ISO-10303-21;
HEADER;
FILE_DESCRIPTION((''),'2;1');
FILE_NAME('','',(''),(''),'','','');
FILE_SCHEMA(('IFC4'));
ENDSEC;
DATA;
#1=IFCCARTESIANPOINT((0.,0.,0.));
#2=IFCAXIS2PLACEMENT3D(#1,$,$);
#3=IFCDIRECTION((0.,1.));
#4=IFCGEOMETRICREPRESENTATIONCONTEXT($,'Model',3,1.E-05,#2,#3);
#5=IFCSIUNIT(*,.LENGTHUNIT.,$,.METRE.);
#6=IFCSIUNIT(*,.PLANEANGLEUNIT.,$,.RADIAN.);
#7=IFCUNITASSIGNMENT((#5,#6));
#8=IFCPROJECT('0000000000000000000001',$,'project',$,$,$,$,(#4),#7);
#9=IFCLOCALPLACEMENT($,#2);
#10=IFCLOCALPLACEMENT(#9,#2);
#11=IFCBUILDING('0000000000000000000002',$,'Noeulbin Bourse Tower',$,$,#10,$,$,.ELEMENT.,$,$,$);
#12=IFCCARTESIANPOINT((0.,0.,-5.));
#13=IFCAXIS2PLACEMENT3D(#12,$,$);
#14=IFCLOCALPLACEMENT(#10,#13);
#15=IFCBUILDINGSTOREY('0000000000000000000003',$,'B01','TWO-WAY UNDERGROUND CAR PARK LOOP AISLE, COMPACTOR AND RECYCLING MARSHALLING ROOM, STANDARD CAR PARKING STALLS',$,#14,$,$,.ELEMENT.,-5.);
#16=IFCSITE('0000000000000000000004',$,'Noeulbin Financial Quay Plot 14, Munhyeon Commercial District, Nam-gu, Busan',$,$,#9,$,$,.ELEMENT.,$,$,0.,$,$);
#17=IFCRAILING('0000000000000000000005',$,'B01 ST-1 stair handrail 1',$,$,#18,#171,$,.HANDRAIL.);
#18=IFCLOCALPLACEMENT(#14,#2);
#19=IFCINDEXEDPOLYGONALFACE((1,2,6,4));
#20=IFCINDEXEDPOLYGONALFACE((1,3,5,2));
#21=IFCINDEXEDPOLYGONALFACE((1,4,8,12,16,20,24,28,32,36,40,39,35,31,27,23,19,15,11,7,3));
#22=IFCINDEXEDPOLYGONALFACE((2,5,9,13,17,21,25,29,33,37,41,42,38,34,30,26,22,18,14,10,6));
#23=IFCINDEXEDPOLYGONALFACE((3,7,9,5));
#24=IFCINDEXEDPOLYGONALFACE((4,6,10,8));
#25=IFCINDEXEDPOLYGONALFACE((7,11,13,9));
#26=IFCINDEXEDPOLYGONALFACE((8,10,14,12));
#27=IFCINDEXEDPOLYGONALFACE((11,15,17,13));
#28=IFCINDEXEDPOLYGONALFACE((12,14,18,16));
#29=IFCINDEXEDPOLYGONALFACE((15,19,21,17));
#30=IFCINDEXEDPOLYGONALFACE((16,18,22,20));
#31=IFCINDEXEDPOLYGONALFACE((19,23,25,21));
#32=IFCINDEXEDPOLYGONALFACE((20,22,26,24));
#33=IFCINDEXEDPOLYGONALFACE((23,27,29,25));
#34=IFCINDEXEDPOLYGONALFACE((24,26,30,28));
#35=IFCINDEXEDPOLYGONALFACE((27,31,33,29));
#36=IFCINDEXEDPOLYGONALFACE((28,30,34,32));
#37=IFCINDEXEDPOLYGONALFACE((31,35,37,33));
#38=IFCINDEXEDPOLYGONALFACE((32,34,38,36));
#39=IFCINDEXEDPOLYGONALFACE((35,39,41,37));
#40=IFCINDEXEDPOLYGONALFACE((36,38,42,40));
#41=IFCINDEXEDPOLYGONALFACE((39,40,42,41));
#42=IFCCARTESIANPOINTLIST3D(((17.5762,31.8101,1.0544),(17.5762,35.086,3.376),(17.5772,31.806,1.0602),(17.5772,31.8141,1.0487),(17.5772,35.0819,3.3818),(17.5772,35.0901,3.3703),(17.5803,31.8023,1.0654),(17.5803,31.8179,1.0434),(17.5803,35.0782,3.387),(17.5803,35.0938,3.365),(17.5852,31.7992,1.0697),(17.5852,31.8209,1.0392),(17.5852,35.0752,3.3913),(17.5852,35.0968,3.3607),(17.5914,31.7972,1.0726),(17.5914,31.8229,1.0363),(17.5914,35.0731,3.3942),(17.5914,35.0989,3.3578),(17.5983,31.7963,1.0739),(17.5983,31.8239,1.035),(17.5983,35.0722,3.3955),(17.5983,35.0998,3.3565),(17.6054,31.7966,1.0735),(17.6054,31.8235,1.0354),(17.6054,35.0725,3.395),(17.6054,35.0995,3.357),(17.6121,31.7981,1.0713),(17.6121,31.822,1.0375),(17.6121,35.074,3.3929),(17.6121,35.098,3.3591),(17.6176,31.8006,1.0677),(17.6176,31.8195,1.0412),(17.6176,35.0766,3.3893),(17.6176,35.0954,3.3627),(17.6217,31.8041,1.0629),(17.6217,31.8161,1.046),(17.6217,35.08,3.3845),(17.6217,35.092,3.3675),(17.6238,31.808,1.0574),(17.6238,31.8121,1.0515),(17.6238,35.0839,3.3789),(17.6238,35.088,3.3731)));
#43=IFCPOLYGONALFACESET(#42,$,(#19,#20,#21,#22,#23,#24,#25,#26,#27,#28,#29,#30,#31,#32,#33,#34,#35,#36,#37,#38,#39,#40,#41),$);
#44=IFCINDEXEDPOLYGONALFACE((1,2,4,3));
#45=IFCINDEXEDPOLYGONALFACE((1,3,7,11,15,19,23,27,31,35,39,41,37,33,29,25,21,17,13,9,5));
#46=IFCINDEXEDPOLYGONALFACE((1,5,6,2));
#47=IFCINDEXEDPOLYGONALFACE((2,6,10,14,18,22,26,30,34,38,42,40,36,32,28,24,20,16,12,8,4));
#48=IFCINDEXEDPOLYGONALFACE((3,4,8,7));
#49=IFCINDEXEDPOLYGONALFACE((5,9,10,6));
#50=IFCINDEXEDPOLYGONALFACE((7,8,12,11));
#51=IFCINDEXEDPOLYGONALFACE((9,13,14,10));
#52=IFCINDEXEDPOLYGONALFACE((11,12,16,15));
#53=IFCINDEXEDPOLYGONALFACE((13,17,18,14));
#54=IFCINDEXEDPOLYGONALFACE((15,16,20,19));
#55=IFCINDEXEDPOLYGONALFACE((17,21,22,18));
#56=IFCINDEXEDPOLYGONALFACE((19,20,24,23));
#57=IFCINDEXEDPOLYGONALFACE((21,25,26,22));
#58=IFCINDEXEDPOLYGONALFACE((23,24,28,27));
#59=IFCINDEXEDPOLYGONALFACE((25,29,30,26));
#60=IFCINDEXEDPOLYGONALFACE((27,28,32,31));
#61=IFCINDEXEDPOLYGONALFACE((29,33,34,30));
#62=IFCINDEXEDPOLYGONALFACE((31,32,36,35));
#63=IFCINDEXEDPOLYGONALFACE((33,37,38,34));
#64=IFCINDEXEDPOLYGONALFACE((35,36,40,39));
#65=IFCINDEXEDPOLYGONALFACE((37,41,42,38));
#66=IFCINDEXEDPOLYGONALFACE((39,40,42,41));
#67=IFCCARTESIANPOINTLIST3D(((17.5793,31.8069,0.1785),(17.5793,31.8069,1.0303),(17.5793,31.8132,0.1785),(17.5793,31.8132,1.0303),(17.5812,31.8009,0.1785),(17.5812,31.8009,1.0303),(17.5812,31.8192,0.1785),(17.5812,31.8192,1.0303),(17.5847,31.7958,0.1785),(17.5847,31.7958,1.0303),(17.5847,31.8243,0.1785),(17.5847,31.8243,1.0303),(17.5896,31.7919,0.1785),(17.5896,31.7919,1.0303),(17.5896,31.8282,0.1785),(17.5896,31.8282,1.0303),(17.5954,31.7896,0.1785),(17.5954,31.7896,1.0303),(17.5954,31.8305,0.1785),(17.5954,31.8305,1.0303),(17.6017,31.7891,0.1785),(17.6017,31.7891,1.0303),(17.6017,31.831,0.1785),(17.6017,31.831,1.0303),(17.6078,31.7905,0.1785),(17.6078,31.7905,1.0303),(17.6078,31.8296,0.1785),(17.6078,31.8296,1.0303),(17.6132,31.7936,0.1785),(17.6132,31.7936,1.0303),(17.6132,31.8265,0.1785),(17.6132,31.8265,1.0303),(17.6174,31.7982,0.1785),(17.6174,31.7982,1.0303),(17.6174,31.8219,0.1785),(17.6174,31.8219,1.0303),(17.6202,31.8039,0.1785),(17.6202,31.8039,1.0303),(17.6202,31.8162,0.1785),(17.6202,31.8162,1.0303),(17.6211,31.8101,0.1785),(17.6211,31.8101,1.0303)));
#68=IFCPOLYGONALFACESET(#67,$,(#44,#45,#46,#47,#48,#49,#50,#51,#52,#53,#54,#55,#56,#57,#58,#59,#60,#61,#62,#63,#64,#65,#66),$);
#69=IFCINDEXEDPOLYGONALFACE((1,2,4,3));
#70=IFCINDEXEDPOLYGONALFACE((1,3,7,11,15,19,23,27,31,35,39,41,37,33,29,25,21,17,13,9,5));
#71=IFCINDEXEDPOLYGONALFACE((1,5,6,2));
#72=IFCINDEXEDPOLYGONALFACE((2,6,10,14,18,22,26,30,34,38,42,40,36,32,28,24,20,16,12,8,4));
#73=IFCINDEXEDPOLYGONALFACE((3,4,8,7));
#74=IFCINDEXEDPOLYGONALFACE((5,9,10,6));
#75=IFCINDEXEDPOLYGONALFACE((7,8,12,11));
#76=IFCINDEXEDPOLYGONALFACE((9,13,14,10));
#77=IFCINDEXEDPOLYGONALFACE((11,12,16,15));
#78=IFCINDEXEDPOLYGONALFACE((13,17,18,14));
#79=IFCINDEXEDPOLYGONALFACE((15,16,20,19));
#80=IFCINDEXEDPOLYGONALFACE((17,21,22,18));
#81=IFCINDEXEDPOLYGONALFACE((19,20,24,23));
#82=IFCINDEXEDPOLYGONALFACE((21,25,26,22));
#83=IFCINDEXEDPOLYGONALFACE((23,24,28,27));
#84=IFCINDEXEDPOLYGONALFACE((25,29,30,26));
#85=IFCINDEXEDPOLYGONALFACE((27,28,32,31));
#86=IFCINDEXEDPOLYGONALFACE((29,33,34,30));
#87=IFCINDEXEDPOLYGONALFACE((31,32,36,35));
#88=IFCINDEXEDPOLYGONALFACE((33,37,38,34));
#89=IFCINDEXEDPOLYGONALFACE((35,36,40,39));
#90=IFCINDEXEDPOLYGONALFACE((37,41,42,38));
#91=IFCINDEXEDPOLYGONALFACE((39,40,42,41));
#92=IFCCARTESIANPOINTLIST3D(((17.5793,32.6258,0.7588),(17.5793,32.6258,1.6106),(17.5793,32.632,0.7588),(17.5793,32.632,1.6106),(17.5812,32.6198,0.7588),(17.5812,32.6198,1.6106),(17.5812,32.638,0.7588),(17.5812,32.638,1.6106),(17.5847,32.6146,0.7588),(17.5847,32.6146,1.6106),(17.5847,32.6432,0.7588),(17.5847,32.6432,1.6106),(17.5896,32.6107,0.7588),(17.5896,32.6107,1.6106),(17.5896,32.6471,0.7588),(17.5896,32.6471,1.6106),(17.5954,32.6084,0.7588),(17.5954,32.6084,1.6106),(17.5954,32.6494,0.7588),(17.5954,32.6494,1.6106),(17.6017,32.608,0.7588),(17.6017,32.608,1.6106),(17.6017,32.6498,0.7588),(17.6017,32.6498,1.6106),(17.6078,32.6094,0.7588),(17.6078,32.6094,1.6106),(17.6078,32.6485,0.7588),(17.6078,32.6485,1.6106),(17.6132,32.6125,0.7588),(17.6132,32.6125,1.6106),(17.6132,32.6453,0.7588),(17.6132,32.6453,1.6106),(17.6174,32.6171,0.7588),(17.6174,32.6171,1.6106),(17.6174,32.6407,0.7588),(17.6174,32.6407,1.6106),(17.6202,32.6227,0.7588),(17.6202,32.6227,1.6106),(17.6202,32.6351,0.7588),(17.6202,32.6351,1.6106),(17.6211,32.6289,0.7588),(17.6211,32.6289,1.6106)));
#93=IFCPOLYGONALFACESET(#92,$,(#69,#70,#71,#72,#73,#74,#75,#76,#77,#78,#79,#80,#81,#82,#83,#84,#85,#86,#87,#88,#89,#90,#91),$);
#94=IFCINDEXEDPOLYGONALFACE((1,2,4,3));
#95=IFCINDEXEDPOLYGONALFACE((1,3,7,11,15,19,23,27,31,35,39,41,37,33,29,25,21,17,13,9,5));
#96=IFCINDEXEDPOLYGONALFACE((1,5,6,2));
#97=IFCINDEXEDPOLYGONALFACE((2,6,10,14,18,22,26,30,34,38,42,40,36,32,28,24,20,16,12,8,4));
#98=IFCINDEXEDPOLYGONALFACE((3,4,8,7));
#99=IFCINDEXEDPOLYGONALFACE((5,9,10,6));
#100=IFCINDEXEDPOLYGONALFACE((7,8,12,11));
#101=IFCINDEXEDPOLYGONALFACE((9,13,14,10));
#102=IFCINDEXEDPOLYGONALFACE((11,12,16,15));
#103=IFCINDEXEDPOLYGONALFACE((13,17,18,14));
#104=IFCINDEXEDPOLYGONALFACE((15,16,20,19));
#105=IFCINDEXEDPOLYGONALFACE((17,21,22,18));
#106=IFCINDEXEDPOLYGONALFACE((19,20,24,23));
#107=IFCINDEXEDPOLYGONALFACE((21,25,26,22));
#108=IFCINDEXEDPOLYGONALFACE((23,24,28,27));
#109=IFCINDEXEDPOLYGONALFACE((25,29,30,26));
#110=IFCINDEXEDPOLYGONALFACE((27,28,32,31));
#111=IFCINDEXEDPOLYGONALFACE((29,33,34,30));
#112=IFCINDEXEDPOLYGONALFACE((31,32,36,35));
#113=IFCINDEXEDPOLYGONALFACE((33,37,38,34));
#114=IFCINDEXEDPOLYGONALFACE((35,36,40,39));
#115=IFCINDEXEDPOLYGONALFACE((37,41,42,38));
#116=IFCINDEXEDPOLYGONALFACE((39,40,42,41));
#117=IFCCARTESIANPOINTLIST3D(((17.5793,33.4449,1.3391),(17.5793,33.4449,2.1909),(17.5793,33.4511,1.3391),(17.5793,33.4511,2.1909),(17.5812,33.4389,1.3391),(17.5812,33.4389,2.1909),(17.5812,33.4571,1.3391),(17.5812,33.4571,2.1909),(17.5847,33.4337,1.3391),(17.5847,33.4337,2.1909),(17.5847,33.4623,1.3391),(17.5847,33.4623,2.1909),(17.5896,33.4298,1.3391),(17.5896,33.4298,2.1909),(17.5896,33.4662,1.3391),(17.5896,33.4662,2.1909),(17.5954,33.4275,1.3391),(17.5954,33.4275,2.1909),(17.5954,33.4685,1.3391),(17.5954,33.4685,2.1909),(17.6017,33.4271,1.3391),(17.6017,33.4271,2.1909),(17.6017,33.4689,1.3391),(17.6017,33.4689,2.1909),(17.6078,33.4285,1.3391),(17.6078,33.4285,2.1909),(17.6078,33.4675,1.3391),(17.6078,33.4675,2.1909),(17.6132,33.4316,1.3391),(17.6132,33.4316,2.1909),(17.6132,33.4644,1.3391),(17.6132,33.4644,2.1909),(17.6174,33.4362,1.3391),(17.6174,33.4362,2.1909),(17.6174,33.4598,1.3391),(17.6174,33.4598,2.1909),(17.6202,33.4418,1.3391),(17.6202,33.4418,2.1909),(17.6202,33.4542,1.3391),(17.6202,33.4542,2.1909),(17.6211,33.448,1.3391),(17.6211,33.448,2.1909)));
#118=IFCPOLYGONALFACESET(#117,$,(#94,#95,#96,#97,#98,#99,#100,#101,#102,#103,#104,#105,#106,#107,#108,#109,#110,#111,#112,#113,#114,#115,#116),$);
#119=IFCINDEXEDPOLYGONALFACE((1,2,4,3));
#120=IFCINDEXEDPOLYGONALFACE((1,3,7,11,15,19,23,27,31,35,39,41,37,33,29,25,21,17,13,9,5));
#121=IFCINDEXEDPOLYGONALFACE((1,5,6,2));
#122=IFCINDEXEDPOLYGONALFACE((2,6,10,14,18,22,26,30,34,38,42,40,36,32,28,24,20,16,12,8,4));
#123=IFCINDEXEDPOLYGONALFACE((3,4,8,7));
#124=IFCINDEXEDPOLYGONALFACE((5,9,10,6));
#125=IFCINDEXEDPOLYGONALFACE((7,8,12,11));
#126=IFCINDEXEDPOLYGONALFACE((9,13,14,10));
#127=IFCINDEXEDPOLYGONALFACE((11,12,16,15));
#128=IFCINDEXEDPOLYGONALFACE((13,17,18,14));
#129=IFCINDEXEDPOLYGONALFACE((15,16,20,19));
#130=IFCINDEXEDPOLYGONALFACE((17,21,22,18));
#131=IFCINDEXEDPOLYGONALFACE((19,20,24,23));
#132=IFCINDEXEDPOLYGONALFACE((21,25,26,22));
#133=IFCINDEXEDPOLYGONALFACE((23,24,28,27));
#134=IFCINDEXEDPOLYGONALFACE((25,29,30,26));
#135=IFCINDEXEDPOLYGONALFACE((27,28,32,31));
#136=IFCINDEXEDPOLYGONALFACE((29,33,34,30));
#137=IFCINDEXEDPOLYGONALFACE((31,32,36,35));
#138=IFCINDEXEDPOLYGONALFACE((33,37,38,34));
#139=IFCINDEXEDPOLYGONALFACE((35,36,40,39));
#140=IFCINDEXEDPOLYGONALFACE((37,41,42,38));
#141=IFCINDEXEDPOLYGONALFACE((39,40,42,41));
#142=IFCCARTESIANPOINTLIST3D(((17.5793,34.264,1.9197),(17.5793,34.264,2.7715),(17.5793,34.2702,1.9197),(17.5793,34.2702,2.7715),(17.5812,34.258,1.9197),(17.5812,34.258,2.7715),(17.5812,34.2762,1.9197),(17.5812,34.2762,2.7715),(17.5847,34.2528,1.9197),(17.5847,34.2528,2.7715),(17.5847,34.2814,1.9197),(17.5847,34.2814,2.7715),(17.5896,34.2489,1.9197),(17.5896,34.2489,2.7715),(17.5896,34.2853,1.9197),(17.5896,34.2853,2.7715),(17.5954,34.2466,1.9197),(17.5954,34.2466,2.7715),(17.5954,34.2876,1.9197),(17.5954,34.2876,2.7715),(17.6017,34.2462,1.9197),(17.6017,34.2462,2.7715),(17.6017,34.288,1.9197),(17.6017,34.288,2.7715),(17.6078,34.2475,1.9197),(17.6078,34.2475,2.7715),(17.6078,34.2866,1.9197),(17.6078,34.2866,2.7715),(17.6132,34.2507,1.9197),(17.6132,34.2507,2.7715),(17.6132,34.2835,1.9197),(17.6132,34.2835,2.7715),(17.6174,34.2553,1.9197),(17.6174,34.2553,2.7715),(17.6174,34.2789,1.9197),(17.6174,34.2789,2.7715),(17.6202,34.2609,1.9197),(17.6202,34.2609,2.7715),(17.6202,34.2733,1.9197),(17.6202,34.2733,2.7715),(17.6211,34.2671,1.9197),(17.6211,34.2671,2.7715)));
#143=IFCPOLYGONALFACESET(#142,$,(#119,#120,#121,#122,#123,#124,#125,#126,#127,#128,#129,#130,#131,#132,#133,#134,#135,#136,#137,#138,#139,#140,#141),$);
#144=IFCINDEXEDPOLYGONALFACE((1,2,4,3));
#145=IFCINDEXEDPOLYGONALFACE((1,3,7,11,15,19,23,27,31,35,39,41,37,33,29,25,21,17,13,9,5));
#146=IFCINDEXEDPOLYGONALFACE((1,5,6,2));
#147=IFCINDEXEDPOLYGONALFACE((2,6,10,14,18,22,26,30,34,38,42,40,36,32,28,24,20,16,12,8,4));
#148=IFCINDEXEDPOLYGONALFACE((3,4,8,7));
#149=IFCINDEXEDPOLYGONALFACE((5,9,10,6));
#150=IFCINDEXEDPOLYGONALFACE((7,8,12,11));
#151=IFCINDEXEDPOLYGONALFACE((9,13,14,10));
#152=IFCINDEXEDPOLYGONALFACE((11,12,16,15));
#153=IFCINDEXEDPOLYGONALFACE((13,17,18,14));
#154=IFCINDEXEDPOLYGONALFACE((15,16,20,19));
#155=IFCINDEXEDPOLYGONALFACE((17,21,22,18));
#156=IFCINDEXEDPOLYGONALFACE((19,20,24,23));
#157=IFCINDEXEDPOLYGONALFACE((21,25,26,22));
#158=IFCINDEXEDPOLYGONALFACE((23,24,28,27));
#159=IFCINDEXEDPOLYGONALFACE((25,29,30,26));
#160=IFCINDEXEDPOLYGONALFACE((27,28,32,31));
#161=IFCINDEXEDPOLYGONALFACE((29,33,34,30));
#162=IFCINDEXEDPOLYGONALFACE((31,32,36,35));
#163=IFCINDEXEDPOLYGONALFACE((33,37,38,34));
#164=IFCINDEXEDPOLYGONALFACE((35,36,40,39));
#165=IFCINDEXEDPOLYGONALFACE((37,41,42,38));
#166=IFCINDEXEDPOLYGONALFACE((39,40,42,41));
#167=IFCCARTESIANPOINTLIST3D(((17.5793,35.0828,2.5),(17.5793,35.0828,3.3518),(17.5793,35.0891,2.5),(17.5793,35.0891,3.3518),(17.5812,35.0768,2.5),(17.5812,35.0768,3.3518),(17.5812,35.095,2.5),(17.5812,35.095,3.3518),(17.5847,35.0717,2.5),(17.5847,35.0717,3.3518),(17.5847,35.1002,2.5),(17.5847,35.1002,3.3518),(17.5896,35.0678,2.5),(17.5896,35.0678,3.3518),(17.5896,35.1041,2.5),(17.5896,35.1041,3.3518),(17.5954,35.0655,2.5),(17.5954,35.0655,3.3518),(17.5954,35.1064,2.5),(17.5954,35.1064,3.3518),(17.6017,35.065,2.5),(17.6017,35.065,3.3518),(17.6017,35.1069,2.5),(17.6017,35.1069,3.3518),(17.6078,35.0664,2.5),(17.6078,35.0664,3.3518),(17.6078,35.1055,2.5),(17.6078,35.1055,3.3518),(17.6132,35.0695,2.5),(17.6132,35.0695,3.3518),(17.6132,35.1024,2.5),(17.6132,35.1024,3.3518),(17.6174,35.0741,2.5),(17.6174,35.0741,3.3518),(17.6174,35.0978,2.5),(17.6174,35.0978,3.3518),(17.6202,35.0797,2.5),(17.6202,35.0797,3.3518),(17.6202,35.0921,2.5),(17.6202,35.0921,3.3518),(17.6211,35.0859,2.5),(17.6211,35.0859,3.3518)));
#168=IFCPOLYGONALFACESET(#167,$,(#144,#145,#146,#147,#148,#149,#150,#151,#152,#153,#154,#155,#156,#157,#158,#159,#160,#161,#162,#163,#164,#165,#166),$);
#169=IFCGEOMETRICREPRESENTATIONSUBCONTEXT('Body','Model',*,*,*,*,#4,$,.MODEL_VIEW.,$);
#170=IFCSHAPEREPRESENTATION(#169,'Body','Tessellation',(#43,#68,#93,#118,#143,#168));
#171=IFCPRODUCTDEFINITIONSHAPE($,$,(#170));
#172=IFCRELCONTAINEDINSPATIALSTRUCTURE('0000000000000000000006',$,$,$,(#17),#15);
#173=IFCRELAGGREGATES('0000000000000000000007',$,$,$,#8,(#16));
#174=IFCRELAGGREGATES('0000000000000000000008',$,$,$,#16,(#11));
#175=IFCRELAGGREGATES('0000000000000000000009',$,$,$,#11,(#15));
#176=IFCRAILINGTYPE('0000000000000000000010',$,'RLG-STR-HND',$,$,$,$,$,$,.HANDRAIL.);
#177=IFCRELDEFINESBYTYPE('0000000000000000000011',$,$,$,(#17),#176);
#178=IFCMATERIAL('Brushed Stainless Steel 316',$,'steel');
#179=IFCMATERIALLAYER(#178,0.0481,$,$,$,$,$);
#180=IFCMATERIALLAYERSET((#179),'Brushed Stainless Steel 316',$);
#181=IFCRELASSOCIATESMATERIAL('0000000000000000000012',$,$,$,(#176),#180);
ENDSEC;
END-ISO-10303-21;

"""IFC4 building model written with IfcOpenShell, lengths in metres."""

from ifc_helpers import new_model, si_unit, direction, frame, origin, origin_2d, place, context, subcontext, project, spatial, circle, extrude, material, layer, layer_set, type_object, element, save


model = new_model("IFC4")

# Units and contexts
model_context = context("Model", 3, precision=1e-05, world=origin(), true_north=direction((0.0, 1.0)))
body_context = subcontext(model_context, "Body", "Model", "MODEL_VIEW")
ifc_project = project(units=[si_unit("LENGTHUNIT", "METRE"), si_unit("PLANEANGLEUNIT", "RADIAN")], contexts=[model_context])

# Site, building, storey
site_placement = place(None, origin())
site = spatial("IfcSite", under=ifc_project, at=site_placement, Name="Noeulbin Financial Quay Plot 14, Munhyeon Commercial District, Nam-gu, Busan", CompositionType="ELEMENT", RefElevation=0.0)
building_placement = place(site_placement, origin())
building = spatial("IfcBuilding", under=site, at=building_placement, Name="Noeulbin Bourse Tower", CompositionType="ELEMENT")
storey_placement = place(building_placement, frame((0.0, 0.0, -5.0)))
storey = spatial("IfcBuildingStorey", under=building, at=storey_placement, Name="B01", Description="TWO-WAY UNDERGROUND CAR PARK LOOP AISLE, COMPACTOR AND RECYCLING MARSHALLING ROOM, STANDARD CAR PARKING STALLS", CompositionType="ELEMENT", Elevation=-5.0)

# Shared definitions
ifc_material_1 = material(Name="Brushed Stainless Steel 316", Category="steel")

# Railing
ifc_layer_1 = layer(ifc_material_1, 0.0481)
ifc_layer_set_1 = layer_set([ifc_layer_1], Name="Brushed Stainless Steel 316")
railing_type_1 = type_object("IfcRailingType", Name="RLG-STR-HND", PredefinedType="HANDRAIL", material=ifc_layer_set_1)
railing_1_placement = place(storey_placement, frame((17.6001, 31.8101, 0.1785)))
element("IfcRailing", 1, at=railing_1_placement, inside=storey, type_object=railing_type_1, Name="B01 ST-1 stair handrail 1", PredefinedType="HANDRAIL", context=body_context, shape_type="SweptSolid", body=[
    extrude(circle(Radius=0.0239, at=origin_2d()), frame((0.0, 0.0, 0.876), z_axis=(0.0, 0.815893, 0.578203), x_axis=(-1.0, 0.0, 0.0)), (0.0, 0.0, 1.0), 4.0151),
    extrude(circle(Radius=0.021, at=origin_2d()), origin(), (0.0, 0.0, 1.0), 0.8518),
    extrude(circle(Radius=0.021, at=origin_2d()), frame((0.0, 0.8188, 0.5803)), (0.0, 0.0, 1.0), 0.8518),
    extrude(circle(Radius=0.021, at=origin_2d()), frame((0.0, 1.6379, 1.1606)), (0.0, 0.0, 1.0), 0.8518),
    extrude(circle(Radius=0.021, at=origin_2d()), frame((0.0, 2.457, 1.7412)), (0.0, 0.0, 1.0), 0.8518),
    extrude(circle(Radius=0.021, at=origin_2d()), frame((0.0, 3.2759, 2.3215)), (0.0, 0.0, 1.0), 0.8518),
])

save(model, "model.ifc")
